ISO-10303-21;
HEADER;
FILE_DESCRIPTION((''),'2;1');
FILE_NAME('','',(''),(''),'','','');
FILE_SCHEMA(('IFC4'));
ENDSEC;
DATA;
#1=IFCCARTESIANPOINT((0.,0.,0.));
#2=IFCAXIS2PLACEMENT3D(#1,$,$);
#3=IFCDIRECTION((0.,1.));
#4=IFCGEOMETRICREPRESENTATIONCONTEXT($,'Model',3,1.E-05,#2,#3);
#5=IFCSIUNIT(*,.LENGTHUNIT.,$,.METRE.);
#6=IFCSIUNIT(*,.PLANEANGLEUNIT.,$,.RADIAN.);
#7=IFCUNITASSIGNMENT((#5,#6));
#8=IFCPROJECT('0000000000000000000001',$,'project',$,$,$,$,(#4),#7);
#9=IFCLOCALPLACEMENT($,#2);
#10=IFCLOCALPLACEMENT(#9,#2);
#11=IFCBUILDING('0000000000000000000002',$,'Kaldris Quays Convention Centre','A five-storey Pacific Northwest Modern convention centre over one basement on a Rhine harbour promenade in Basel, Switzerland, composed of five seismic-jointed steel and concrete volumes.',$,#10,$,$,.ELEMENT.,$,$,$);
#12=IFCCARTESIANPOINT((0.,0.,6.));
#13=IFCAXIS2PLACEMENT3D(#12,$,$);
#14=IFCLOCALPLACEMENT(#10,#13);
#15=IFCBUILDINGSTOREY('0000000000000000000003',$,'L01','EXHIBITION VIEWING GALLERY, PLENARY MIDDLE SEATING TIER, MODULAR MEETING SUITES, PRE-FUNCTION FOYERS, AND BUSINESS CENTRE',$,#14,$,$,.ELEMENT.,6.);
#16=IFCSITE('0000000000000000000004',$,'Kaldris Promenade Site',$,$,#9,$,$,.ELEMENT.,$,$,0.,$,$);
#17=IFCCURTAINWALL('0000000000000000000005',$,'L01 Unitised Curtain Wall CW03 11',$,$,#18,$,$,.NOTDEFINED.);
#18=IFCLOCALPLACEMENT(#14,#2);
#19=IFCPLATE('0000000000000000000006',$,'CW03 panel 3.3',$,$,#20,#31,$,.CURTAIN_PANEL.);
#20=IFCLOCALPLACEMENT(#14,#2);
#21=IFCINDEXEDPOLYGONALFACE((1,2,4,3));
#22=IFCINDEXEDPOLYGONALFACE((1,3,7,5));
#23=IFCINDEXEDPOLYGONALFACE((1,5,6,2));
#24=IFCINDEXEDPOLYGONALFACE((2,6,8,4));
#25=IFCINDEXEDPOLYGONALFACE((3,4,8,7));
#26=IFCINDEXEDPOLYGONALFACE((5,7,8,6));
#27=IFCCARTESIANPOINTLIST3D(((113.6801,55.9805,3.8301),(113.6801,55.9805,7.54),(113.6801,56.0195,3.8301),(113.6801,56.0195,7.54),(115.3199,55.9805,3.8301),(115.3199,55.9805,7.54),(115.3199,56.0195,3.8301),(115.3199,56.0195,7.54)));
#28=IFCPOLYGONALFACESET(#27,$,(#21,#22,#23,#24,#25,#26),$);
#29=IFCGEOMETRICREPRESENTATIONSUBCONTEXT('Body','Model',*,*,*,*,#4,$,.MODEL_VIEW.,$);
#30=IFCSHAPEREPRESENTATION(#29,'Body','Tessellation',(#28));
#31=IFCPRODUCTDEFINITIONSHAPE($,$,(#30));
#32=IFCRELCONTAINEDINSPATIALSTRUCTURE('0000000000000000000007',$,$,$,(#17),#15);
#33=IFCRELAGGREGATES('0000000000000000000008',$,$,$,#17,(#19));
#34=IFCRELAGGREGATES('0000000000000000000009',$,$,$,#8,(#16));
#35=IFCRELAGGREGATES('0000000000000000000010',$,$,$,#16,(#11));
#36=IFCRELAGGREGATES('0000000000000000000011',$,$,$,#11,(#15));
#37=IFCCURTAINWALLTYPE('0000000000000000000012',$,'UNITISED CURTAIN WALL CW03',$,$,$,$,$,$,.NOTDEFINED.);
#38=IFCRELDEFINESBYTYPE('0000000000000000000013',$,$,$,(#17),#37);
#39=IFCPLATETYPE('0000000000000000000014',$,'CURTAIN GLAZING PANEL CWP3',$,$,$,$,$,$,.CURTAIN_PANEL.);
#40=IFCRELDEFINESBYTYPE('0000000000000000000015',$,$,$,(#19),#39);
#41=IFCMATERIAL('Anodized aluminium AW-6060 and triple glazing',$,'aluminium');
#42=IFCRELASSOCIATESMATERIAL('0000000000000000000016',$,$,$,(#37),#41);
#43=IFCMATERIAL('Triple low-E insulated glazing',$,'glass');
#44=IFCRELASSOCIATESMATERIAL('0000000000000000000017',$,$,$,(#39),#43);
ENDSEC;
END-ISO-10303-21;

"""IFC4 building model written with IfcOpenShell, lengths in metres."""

from ifc_helpers import new_model, si_unit, direction, frame, origin, origin_2d, place, context, subcontext, project, spatial, rectangle, extrude, material, type_object, element, aggregate, save


model = new_model("IFC4")

# Units and contexts
model_context = context("Model", 3, precision=1e-05, world=origin(), true_north=direction((0.0, 1.0)))
body_context = subcontext(model_context, "Body", "Model", "MODEL_VIEW")
ifc_project = project(units=[si_unit("LENGTHUNIT", "METRE"), si_unit("PLANEANGLEUNIT", "RADIAN")], contexts=[model_context])

# Site, building, storey
site_placement = place(None, origin())
site = spatial("IfcSite", under=ifc_project, at=site_placement, Name="Kaldris Promenade Site", CompositionType="ELEMENT", RefElevation=0.0)
building_placement = place(site_placement, origin())
building = spatial("IfcBuilding", under=site, at=building_placement, Name="Kaldris Quays Convention Centre", Description="A five-storey Pacific Northwest Modern convention centre over one basement on a Rhine harbour promenade in Basel, Switzerland, composed of five seismic-jointed steel and concrete volumes.", CompositionType="ELEMENT")
storey_placement = place(building_placement, frame((0.0, 0.0, 6.0)))
storey = spatial("IfcBuildingStorey", under=building, at=storey_placement, Name="L01", Description="EXHIBITION VIEWING GALLERY, PLENARY MIDDLE SEATING TIER, MODULAR MEETING SUITES, PRE-FUNCTION FOYERS, AND BUSINESS CENTRE", CompositionType="ELEMENT", Elevation=6.0)

# Curtain wall, plate
ifc_material_1 = material(Name="Anodized aluminium AW-6060 and triple glazing", Category="aluminium")
curtain_wall_type = type_object("IfcCurtainWallType", Name="UNITISED CURTAIN WALL CW03", PredefinedType="NOTDEFINED", material=ifc_material_1)
curtain_wall_placement = place(storey_placement, origin())
curtain_wall = element("IfcCurtainWall", 1, at=curtain_wall_placement, inside=storey, type_object=curtain_wall_type, Name="L01 Unitised Curtain Wall CW03 11", PredefinedType="NOTDEFINED")
ifc_material_2 = material(Name="Triple low-E insulated glazing", Category="glass")
plate_type = type_object("IfcPlateType", Name="CURTAIN GLAZING PANEL CWP3", PredefinedType="CURTAIN_PANEL", material=ifc_material_2)
plate_1_placement = place(storey_placement, frame((114.5, 56.0, 3.8301), z_axis=(0.0, 0.0, 1.0), x_axis=(1.0, 0.0, 0.0)))
plate_1 = element("IfcPlate", 2, at=plate_1_placement, type_object=plate_type, Name="CW03 panel 3.3", PredefinedType="CURTAIN_PANEL", context=body_context, shape_type="SweptSolid", body=[
    extrude(rectangle(XDim=1.6399, YDim=0.0391, at=origin_2d()), origin(), (0.0, 0.0, 1.0), 3.71),
])
aggregate(curtain_wall, [plate_1])

save(model, "model.ifc")
